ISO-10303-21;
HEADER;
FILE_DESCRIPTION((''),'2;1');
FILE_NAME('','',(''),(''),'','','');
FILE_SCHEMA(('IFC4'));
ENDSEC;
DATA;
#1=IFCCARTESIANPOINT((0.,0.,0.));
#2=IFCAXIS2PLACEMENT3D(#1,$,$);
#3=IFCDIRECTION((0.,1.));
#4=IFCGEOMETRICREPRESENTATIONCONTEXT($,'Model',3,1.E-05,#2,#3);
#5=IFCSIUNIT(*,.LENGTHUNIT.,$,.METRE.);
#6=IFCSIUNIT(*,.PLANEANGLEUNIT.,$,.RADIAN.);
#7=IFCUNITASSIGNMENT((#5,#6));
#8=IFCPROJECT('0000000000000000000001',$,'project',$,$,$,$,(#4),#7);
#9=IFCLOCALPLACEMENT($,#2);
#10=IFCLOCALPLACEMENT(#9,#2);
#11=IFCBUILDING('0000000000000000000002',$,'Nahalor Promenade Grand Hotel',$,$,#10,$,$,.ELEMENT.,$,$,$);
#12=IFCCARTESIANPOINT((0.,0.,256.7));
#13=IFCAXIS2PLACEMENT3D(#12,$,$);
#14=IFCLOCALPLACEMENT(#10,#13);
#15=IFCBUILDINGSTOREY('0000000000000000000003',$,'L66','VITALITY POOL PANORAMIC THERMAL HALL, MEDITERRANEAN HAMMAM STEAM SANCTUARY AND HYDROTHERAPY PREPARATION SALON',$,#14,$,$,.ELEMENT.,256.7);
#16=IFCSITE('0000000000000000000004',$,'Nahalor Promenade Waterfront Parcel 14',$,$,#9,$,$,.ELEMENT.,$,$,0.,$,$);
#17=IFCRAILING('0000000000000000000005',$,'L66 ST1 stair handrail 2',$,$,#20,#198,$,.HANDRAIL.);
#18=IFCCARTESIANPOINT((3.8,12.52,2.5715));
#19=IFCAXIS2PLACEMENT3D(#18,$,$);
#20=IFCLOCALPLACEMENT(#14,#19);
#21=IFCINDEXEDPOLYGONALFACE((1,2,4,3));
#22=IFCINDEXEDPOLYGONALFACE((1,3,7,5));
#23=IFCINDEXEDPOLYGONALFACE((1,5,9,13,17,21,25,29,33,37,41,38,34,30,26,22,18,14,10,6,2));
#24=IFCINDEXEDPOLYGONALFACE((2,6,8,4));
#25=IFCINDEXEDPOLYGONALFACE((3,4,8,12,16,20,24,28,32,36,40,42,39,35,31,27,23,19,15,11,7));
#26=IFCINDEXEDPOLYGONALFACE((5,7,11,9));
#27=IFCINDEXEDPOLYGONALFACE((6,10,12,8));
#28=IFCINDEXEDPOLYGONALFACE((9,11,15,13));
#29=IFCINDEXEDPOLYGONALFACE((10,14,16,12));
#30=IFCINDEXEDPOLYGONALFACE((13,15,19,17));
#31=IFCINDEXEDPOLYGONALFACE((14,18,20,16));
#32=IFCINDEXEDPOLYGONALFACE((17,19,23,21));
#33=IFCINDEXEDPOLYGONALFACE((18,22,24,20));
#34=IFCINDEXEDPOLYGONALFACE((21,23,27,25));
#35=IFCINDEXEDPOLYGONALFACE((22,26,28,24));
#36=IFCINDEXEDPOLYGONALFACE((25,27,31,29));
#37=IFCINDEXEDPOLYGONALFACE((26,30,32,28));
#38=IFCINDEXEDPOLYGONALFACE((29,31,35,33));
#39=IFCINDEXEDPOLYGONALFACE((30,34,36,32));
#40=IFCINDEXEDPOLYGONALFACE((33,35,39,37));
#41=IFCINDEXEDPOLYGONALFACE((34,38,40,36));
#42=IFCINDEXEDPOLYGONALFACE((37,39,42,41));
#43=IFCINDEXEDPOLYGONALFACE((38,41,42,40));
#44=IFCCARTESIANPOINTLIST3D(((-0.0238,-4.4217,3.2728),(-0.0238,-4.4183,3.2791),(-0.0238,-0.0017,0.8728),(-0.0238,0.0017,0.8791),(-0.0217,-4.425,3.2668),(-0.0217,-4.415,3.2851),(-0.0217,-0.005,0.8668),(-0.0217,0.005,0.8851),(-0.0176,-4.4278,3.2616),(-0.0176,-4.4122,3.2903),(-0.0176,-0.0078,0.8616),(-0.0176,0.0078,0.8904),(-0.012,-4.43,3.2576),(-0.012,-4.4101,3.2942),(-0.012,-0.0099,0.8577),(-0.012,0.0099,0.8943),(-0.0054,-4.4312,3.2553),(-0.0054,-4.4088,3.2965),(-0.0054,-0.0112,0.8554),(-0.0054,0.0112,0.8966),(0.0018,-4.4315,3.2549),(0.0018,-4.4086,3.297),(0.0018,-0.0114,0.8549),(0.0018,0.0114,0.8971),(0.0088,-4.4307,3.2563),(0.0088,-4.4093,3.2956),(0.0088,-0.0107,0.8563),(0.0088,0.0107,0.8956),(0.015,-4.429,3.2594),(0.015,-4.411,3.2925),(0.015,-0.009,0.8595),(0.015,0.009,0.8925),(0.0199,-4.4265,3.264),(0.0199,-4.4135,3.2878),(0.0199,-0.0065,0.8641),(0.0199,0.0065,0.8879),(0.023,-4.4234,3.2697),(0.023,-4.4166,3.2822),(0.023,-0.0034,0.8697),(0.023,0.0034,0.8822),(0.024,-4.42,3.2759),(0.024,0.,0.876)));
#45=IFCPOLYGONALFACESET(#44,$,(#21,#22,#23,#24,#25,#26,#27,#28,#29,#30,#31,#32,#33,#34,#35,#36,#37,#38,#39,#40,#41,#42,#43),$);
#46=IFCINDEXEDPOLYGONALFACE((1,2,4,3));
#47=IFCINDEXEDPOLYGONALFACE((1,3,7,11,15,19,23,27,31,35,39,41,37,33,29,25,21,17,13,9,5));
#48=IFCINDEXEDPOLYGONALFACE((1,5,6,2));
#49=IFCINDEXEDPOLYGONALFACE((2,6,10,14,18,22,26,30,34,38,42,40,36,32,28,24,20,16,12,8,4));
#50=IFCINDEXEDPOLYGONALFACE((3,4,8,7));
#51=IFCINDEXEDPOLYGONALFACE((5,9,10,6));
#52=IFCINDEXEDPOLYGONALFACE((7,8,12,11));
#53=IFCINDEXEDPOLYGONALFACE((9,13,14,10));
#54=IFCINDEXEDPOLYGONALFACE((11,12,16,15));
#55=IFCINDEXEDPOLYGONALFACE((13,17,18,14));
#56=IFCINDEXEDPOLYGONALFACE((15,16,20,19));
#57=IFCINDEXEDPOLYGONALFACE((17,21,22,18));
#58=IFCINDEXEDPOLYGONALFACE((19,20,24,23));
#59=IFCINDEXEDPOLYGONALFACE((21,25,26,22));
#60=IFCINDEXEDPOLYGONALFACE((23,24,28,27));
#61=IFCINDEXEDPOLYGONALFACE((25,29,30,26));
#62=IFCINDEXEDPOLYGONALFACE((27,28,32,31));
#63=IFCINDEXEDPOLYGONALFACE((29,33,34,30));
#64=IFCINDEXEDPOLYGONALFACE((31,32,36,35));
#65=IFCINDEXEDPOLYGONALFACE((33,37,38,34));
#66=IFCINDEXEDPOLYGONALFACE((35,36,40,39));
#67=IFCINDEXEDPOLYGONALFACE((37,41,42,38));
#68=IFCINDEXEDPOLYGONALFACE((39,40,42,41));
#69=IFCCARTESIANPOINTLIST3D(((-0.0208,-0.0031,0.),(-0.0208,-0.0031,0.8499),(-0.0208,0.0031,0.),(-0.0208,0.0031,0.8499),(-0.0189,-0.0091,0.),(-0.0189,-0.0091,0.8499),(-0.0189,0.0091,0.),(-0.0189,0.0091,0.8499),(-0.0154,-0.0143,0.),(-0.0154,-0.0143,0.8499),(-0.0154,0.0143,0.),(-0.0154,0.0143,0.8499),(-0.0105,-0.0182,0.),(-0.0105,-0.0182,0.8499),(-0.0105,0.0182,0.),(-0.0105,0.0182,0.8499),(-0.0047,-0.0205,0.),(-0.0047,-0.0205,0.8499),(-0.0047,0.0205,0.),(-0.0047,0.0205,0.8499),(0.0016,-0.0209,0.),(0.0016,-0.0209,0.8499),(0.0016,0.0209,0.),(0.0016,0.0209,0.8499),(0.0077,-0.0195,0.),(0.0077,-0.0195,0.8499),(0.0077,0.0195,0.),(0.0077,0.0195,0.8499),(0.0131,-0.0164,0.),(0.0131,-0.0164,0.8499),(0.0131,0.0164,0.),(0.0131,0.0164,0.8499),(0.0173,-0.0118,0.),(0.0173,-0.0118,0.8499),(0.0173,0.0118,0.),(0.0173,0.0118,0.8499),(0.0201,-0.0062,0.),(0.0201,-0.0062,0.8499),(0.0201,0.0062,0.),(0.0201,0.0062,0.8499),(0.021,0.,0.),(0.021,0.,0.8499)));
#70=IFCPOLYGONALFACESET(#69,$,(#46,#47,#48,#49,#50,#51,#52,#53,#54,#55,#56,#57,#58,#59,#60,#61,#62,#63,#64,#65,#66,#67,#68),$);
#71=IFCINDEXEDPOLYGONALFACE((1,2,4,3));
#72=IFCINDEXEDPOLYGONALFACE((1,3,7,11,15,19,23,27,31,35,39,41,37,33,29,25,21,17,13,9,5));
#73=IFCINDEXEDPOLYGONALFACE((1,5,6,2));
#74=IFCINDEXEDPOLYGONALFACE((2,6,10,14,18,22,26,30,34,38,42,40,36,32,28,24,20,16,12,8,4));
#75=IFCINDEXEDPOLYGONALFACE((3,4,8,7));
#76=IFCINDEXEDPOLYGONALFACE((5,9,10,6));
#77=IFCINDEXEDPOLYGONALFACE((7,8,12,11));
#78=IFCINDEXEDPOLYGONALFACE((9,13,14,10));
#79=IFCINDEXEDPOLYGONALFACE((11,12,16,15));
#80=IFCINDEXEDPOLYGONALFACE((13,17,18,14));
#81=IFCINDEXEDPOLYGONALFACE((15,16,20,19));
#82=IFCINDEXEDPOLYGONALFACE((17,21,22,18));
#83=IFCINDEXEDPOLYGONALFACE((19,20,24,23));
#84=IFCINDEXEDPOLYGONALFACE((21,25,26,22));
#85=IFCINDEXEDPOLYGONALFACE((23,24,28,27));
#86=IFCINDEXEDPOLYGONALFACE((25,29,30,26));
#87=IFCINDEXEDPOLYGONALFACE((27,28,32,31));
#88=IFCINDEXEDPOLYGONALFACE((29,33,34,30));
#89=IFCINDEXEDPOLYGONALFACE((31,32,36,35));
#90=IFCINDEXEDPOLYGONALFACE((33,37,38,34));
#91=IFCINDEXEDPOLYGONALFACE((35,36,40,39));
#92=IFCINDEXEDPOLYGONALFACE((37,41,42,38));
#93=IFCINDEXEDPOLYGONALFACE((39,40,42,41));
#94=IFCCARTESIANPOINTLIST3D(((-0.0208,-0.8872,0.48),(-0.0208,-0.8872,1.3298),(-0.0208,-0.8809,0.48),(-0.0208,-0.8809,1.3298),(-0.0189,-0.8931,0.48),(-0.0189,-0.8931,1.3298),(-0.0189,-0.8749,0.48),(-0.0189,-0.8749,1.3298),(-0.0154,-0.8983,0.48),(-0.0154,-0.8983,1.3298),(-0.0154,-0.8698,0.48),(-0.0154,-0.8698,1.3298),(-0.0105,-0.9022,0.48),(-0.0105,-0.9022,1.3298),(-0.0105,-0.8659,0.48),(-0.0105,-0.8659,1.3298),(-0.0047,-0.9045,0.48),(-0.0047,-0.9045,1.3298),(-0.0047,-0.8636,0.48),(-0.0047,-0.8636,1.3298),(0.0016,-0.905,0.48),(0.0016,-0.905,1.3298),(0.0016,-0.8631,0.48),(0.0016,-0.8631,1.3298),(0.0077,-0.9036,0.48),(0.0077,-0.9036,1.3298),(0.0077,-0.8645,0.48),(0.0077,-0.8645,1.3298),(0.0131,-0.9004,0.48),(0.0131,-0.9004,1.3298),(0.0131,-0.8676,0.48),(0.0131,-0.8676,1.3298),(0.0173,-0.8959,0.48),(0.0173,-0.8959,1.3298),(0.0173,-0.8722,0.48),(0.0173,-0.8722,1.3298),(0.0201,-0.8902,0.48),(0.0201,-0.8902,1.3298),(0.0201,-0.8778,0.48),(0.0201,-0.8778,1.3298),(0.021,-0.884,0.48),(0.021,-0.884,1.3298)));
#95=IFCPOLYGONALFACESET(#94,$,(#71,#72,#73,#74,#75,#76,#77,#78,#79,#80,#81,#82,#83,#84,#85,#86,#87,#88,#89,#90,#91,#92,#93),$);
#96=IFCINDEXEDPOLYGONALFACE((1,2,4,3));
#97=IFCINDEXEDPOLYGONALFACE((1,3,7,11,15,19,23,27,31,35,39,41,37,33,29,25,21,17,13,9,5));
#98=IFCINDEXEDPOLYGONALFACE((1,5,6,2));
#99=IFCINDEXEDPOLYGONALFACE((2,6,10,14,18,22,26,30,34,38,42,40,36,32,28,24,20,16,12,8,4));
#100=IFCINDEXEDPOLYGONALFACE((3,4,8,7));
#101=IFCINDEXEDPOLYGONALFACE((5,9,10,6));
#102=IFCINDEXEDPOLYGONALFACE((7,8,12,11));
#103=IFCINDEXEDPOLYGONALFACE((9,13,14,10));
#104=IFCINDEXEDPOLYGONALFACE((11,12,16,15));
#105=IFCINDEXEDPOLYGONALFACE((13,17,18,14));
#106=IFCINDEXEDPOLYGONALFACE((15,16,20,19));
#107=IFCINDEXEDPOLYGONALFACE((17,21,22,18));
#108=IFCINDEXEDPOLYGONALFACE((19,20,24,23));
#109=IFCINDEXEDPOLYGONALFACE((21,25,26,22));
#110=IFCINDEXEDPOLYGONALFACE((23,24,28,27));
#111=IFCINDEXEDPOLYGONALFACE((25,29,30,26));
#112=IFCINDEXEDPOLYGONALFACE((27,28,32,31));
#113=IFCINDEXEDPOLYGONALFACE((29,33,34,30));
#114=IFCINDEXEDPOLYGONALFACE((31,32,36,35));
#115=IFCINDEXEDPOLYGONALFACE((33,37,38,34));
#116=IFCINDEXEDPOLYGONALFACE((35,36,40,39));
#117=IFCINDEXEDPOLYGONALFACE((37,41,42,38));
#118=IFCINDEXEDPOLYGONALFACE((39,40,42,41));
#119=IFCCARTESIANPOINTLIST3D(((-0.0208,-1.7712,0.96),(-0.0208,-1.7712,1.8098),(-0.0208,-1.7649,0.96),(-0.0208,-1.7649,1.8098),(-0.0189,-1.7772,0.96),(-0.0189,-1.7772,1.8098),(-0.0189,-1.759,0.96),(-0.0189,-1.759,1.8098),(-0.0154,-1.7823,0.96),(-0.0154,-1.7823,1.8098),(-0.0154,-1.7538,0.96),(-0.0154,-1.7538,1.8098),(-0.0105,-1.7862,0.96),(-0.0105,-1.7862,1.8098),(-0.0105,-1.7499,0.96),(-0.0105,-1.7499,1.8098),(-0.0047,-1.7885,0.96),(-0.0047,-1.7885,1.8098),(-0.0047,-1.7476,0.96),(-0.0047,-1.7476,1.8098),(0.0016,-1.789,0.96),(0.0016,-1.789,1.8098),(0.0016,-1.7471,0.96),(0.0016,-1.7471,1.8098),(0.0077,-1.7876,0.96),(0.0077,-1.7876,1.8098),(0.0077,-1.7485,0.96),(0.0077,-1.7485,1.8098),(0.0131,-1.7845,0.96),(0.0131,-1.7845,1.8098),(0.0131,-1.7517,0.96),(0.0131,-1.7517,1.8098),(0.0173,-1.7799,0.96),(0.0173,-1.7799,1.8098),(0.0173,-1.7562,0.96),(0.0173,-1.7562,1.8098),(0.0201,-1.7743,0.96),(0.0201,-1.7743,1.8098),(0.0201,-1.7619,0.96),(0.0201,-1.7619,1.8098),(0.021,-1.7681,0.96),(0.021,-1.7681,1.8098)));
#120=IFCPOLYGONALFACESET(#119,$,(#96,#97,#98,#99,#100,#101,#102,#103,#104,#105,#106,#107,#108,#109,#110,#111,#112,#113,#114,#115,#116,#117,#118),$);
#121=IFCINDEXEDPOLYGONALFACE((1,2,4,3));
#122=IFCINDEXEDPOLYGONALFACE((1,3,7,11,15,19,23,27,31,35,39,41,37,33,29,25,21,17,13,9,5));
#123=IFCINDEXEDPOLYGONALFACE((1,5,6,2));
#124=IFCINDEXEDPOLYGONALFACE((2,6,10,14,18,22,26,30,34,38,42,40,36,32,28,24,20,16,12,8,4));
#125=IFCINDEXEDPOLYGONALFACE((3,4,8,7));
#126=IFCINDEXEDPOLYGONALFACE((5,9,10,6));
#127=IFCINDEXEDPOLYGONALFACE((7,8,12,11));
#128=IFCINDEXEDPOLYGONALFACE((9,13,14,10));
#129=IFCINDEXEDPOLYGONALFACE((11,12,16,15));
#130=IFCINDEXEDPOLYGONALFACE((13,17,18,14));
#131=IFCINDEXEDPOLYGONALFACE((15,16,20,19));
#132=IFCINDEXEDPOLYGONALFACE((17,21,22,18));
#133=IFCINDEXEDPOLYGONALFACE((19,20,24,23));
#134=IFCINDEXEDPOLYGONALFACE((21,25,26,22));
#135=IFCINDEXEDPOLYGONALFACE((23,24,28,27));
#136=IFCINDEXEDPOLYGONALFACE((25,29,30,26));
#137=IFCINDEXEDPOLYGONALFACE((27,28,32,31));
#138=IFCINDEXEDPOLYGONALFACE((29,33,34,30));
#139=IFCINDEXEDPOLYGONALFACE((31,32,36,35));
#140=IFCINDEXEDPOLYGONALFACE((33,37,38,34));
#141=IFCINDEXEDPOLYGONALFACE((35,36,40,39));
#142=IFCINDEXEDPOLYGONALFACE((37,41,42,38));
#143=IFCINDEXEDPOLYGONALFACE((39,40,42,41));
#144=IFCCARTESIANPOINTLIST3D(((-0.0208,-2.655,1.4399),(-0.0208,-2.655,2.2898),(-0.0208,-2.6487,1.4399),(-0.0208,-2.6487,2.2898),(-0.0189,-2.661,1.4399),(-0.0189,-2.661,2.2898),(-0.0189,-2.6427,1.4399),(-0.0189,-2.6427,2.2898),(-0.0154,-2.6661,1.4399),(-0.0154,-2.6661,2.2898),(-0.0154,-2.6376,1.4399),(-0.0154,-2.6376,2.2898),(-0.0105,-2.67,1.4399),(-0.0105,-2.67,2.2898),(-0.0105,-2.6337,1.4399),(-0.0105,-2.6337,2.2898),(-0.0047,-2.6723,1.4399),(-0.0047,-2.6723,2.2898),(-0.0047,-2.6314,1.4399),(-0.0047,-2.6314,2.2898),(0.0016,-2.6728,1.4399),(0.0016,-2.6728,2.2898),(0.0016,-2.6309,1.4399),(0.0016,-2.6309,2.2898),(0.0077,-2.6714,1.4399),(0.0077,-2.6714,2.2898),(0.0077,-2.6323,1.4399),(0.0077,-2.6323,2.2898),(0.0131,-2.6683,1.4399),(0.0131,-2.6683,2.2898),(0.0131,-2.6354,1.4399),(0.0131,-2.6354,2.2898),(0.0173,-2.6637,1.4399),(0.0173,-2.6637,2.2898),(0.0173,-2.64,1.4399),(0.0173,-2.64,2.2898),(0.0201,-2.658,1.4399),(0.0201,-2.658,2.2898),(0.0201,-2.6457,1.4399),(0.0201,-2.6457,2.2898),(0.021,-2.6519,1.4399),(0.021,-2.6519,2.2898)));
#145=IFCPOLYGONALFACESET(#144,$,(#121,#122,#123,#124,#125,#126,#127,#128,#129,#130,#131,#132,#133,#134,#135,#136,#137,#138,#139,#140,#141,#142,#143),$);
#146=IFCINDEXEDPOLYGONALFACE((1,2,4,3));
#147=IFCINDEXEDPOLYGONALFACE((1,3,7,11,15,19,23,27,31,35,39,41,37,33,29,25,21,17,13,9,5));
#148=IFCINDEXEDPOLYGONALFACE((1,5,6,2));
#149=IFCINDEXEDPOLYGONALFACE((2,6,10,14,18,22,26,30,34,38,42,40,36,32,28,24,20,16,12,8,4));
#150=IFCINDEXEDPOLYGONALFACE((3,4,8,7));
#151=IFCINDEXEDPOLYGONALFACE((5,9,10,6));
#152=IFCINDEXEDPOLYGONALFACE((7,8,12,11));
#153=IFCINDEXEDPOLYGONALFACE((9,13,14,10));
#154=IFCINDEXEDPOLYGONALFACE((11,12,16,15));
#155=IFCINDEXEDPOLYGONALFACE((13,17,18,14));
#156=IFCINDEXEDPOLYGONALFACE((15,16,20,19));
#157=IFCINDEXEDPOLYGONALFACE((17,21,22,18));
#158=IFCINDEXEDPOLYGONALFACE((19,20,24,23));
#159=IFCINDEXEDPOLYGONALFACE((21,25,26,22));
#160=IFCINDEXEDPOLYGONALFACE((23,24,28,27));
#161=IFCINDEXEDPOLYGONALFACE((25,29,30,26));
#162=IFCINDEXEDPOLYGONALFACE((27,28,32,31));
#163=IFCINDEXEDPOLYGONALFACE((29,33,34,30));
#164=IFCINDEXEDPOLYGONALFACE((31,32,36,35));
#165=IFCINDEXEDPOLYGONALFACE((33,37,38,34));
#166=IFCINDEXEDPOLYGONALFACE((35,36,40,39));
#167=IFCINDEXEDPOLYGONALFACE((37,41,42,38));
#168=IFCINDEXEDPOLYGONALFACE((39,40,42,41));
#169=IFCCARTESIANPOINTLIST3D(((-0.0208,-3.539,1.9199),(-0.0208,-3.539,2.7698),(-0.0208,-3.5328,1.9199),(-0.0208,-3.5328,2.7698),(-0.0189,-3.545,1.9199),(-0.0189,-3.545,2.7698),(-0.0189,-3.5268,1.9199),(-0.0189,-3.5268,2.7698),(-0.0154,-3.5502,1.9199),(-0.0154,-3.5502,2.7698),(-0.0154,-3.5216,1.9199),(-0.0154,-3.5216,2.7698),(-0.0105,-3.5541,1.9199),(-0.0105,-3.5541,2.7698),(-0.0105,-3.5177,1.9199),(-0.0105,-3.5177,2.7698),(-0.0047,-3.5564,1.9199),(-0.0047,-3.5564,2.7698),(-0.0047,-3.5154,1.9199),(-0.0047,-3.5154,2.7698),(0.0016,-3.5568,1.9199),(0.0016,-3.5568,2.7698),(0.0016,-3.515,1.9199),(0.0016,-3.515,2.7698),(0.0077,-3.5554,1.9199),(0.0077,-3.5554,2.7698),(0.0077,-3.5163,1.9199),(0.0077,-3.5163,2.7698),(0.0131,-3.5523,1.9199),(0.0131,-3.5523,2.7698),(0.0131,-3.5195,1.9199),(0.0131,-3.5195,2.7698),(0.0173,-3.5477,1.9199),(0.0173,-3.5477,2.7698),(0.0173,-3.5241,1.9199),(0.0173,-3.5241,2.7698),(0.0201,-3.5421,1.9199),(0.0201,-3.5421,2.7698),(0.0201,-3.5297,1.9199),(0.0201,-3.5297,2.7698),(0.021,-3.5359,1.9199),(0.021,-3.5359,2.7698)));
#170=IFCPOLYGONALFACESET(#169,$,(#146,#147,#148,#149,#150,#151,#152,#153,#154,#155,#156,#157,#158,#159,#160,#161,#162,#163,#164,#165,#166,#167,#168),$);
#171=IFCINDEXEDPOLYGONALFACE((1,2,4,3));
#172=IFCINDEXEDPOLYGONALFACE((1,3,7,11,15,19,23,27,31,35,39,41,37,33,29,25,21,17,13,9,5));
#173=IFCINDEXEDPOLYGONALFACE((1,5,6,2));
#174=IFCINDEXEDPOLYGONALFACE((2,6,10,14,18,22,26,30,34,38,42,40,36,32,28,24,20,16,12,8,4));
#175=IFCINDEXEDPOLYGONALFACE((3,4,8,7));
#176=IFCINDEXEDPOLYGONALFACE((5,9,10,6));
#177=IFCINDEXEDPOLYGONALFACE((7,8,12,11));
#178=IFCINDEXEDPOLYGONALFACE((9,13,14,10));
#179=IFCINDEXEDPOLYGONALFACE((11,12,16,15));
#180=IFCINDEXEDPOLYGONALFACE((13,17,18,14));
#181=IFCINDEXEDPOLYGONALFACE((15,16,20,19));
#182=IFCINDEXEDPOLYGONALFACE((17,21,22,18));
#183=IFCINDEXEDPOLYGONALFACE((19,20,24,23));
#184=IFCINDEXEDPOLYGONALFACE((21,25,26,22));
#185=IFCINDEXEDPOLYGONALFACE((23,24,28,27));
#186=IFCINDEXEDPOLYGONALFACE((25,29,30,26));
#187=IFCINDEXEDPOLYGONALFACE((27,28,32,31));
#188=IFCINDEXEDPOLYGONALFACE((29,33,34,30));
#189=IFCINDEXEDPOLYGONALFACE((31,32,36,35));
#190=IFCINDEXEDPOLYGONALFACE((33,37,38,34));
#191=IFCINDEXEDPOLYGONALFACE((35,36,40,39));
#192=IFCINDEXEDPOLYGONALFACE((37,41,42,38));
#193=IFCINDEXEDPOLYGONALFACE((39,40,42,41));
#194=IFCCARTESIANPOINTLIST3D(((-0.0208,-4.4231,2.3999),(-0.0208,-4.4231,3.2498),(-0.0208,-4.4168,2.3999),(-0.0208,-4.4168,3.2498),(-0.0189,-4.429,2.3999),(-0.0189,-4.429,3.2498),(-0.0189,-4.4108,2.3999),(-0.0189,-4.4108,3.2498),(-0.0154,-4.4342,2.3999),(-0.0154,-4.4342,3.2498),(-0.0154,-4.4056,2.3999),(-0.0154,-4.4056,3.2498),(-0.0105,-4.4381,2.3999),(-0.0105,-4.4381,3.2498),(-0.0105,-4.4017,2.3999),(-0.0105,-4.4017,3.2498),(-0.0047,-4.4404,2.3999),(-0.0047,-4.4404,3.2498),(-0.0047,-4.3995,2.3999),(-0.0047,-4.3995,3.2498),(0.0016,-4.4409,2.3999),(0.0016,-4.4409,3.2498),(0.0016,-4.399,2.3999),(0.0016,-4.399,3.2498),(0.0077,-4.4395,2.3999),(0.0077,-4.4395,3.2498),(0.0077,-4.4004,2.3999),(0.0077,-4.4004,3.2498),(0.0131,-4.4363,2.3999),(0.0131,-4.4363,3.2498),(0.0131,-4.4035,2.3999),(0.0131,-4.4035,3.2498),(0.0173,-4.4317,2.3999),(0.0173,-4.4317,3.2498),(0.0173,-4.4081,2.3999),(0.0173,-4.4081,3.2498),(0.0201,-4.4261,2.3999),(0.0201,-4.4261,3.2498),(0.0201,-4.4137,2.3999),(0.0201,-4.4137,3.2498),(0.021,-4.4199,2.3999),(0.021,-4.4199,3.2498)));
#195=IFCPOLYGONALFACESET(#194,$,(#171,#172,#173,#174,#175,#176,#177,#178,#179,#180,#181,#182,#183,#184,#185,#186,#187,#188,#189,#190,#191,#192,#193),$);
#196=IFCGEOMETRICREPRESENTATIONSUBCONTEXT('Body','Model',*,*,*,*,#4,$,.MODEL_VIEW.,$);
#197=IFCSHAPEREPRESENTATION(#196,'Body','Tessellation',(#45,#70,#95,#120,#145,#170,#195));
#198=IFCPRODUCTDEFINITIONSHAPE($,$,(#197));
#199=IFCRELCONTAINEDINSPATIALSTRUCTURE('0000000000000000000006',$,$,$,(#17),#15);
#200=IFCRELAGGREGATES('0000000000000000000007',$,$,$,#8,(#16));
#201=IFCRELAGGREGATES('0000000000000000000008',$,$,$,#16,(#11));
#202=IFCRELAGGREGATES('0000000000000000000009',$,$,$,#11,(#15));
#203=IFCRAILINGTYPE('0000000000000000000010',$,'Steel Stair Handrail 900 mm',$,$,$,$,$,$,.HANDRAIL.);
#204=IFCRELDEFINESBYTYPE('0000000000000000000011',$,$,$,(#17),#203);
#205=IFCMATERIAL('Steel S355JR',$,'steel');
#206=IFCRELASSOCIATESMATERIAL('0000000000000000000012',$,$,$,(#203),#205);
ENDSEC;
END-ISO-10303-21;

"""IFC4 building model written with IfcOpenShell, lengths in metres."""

from ifc_helpers import new_model, si_unit, direction, frame, origin, origin_2d, place, context, subcontext, project, spatial, circle, extrude, material, type_object, element, save


model = new_model("IFC4")

# Units and contexts
model_context = context("Model", 3, precision=1e-05, world=origin(), true_north=direction((0.0, 1.0)))
body_context = subcontext(model_context, "Body", "Model", "MODEL_VIEW")
ifc_project = project(units=[si_unit("LENGTHUNIT", "METRE"), si_unit("PLANEANGLEUNIT", "RADIAN")], contexts=[model_context])

# Site, building, storey
site_placement = place(None, origin())
site = spatial("IfcSite", under=ifc_project, at=site_placement, Name="Nahalor Promenade Waterfront Parcel 14", CompositionType="ELEMENT", RefElevation=0.0)
building_placement = place(site_placement, origin())
building = spatial("IfcBuilding", under=site, at=building_placement, Name="Nahalor Promenade Grand Hotel", CompositionType="ELEMENT")
storey_placement = place(building_placement, frame((0.0, 0.0, 256.7)))
storey = spatial("IfcBuildingStorey", under=building, at=storey_placement, Name="L66", Description="VITALITY POOL PANORAMIC THERMAL HALL, MEDITERRANEAN HAMMAM STEAM SANCTUARY AND HYDROTHERAPY PREPARATION SALON", CompositionType="ELEMENT", Elevation=256.7)

# Shared definitions
ifc_material_1 = material(Name="Steel S355JR", Category="steel")

# Railing
railing_type_1 = type_object("IfcRailingType", Name="Steel Stair Handrail 900 mm", PredefinedType="HANDRAIL", material=ifc_material_1)
railing_1_placement = place(storey_placement, frame((3.8, 12.52, 2.5715)))
element("IfcRailing", 1, at=railing_1_placement, inside=storey, type_object=railing_type_1, Name="L66 ST1 stair handrail 2", PredefinedType="HANDRAIL", context=body_context, shape_type="SweptSolid", body=[
    extrude(circle(Radius=0.024, at=origin_2d()), frame((0.0, 0.0, 0.876), z_axis=(0.0, -0.87881, 0.477171), x_axis=(1.0, 0.0, 0.0)), (0.0, 0.0, 1.0), 5.0295),
    extrude(circle(Radius=0.021, at=origin_2d()), origin(), (0.0, 0.0, 1.0), 0.8499),
    extrude(circle(Radius=0.021, at=origin_2d()), frame((0.0, -0.884, 0.48)), (0.0, 0.0, 1.0), 0.8499),
    extrude(circle(Radius=0.021, at=origin_2d()), frame((0.0, -1.7681, 0.96)), (0.0, 0.0, 1.0), 0.8499),
    extrude(circle(Radius=0.021, at=origin_2d()), frame((0.0, -2.6519, 1.4399)), (0.0, 0.0, 1.0), 0.8499),
    extrude(circle(Radius=0.021, at=origin_2d()), frame((0.0, -3.5359, 1.9199)), (0.0, 0.0, 1.0), 0.8499),
    extrude(circle(Radius=0.021, at=origin_2d()), frame((0.0, -4.4199, 2.3999)), (0.0, 0.0, 1.0), 0.8499),
])

save(model, "model.ifc")
